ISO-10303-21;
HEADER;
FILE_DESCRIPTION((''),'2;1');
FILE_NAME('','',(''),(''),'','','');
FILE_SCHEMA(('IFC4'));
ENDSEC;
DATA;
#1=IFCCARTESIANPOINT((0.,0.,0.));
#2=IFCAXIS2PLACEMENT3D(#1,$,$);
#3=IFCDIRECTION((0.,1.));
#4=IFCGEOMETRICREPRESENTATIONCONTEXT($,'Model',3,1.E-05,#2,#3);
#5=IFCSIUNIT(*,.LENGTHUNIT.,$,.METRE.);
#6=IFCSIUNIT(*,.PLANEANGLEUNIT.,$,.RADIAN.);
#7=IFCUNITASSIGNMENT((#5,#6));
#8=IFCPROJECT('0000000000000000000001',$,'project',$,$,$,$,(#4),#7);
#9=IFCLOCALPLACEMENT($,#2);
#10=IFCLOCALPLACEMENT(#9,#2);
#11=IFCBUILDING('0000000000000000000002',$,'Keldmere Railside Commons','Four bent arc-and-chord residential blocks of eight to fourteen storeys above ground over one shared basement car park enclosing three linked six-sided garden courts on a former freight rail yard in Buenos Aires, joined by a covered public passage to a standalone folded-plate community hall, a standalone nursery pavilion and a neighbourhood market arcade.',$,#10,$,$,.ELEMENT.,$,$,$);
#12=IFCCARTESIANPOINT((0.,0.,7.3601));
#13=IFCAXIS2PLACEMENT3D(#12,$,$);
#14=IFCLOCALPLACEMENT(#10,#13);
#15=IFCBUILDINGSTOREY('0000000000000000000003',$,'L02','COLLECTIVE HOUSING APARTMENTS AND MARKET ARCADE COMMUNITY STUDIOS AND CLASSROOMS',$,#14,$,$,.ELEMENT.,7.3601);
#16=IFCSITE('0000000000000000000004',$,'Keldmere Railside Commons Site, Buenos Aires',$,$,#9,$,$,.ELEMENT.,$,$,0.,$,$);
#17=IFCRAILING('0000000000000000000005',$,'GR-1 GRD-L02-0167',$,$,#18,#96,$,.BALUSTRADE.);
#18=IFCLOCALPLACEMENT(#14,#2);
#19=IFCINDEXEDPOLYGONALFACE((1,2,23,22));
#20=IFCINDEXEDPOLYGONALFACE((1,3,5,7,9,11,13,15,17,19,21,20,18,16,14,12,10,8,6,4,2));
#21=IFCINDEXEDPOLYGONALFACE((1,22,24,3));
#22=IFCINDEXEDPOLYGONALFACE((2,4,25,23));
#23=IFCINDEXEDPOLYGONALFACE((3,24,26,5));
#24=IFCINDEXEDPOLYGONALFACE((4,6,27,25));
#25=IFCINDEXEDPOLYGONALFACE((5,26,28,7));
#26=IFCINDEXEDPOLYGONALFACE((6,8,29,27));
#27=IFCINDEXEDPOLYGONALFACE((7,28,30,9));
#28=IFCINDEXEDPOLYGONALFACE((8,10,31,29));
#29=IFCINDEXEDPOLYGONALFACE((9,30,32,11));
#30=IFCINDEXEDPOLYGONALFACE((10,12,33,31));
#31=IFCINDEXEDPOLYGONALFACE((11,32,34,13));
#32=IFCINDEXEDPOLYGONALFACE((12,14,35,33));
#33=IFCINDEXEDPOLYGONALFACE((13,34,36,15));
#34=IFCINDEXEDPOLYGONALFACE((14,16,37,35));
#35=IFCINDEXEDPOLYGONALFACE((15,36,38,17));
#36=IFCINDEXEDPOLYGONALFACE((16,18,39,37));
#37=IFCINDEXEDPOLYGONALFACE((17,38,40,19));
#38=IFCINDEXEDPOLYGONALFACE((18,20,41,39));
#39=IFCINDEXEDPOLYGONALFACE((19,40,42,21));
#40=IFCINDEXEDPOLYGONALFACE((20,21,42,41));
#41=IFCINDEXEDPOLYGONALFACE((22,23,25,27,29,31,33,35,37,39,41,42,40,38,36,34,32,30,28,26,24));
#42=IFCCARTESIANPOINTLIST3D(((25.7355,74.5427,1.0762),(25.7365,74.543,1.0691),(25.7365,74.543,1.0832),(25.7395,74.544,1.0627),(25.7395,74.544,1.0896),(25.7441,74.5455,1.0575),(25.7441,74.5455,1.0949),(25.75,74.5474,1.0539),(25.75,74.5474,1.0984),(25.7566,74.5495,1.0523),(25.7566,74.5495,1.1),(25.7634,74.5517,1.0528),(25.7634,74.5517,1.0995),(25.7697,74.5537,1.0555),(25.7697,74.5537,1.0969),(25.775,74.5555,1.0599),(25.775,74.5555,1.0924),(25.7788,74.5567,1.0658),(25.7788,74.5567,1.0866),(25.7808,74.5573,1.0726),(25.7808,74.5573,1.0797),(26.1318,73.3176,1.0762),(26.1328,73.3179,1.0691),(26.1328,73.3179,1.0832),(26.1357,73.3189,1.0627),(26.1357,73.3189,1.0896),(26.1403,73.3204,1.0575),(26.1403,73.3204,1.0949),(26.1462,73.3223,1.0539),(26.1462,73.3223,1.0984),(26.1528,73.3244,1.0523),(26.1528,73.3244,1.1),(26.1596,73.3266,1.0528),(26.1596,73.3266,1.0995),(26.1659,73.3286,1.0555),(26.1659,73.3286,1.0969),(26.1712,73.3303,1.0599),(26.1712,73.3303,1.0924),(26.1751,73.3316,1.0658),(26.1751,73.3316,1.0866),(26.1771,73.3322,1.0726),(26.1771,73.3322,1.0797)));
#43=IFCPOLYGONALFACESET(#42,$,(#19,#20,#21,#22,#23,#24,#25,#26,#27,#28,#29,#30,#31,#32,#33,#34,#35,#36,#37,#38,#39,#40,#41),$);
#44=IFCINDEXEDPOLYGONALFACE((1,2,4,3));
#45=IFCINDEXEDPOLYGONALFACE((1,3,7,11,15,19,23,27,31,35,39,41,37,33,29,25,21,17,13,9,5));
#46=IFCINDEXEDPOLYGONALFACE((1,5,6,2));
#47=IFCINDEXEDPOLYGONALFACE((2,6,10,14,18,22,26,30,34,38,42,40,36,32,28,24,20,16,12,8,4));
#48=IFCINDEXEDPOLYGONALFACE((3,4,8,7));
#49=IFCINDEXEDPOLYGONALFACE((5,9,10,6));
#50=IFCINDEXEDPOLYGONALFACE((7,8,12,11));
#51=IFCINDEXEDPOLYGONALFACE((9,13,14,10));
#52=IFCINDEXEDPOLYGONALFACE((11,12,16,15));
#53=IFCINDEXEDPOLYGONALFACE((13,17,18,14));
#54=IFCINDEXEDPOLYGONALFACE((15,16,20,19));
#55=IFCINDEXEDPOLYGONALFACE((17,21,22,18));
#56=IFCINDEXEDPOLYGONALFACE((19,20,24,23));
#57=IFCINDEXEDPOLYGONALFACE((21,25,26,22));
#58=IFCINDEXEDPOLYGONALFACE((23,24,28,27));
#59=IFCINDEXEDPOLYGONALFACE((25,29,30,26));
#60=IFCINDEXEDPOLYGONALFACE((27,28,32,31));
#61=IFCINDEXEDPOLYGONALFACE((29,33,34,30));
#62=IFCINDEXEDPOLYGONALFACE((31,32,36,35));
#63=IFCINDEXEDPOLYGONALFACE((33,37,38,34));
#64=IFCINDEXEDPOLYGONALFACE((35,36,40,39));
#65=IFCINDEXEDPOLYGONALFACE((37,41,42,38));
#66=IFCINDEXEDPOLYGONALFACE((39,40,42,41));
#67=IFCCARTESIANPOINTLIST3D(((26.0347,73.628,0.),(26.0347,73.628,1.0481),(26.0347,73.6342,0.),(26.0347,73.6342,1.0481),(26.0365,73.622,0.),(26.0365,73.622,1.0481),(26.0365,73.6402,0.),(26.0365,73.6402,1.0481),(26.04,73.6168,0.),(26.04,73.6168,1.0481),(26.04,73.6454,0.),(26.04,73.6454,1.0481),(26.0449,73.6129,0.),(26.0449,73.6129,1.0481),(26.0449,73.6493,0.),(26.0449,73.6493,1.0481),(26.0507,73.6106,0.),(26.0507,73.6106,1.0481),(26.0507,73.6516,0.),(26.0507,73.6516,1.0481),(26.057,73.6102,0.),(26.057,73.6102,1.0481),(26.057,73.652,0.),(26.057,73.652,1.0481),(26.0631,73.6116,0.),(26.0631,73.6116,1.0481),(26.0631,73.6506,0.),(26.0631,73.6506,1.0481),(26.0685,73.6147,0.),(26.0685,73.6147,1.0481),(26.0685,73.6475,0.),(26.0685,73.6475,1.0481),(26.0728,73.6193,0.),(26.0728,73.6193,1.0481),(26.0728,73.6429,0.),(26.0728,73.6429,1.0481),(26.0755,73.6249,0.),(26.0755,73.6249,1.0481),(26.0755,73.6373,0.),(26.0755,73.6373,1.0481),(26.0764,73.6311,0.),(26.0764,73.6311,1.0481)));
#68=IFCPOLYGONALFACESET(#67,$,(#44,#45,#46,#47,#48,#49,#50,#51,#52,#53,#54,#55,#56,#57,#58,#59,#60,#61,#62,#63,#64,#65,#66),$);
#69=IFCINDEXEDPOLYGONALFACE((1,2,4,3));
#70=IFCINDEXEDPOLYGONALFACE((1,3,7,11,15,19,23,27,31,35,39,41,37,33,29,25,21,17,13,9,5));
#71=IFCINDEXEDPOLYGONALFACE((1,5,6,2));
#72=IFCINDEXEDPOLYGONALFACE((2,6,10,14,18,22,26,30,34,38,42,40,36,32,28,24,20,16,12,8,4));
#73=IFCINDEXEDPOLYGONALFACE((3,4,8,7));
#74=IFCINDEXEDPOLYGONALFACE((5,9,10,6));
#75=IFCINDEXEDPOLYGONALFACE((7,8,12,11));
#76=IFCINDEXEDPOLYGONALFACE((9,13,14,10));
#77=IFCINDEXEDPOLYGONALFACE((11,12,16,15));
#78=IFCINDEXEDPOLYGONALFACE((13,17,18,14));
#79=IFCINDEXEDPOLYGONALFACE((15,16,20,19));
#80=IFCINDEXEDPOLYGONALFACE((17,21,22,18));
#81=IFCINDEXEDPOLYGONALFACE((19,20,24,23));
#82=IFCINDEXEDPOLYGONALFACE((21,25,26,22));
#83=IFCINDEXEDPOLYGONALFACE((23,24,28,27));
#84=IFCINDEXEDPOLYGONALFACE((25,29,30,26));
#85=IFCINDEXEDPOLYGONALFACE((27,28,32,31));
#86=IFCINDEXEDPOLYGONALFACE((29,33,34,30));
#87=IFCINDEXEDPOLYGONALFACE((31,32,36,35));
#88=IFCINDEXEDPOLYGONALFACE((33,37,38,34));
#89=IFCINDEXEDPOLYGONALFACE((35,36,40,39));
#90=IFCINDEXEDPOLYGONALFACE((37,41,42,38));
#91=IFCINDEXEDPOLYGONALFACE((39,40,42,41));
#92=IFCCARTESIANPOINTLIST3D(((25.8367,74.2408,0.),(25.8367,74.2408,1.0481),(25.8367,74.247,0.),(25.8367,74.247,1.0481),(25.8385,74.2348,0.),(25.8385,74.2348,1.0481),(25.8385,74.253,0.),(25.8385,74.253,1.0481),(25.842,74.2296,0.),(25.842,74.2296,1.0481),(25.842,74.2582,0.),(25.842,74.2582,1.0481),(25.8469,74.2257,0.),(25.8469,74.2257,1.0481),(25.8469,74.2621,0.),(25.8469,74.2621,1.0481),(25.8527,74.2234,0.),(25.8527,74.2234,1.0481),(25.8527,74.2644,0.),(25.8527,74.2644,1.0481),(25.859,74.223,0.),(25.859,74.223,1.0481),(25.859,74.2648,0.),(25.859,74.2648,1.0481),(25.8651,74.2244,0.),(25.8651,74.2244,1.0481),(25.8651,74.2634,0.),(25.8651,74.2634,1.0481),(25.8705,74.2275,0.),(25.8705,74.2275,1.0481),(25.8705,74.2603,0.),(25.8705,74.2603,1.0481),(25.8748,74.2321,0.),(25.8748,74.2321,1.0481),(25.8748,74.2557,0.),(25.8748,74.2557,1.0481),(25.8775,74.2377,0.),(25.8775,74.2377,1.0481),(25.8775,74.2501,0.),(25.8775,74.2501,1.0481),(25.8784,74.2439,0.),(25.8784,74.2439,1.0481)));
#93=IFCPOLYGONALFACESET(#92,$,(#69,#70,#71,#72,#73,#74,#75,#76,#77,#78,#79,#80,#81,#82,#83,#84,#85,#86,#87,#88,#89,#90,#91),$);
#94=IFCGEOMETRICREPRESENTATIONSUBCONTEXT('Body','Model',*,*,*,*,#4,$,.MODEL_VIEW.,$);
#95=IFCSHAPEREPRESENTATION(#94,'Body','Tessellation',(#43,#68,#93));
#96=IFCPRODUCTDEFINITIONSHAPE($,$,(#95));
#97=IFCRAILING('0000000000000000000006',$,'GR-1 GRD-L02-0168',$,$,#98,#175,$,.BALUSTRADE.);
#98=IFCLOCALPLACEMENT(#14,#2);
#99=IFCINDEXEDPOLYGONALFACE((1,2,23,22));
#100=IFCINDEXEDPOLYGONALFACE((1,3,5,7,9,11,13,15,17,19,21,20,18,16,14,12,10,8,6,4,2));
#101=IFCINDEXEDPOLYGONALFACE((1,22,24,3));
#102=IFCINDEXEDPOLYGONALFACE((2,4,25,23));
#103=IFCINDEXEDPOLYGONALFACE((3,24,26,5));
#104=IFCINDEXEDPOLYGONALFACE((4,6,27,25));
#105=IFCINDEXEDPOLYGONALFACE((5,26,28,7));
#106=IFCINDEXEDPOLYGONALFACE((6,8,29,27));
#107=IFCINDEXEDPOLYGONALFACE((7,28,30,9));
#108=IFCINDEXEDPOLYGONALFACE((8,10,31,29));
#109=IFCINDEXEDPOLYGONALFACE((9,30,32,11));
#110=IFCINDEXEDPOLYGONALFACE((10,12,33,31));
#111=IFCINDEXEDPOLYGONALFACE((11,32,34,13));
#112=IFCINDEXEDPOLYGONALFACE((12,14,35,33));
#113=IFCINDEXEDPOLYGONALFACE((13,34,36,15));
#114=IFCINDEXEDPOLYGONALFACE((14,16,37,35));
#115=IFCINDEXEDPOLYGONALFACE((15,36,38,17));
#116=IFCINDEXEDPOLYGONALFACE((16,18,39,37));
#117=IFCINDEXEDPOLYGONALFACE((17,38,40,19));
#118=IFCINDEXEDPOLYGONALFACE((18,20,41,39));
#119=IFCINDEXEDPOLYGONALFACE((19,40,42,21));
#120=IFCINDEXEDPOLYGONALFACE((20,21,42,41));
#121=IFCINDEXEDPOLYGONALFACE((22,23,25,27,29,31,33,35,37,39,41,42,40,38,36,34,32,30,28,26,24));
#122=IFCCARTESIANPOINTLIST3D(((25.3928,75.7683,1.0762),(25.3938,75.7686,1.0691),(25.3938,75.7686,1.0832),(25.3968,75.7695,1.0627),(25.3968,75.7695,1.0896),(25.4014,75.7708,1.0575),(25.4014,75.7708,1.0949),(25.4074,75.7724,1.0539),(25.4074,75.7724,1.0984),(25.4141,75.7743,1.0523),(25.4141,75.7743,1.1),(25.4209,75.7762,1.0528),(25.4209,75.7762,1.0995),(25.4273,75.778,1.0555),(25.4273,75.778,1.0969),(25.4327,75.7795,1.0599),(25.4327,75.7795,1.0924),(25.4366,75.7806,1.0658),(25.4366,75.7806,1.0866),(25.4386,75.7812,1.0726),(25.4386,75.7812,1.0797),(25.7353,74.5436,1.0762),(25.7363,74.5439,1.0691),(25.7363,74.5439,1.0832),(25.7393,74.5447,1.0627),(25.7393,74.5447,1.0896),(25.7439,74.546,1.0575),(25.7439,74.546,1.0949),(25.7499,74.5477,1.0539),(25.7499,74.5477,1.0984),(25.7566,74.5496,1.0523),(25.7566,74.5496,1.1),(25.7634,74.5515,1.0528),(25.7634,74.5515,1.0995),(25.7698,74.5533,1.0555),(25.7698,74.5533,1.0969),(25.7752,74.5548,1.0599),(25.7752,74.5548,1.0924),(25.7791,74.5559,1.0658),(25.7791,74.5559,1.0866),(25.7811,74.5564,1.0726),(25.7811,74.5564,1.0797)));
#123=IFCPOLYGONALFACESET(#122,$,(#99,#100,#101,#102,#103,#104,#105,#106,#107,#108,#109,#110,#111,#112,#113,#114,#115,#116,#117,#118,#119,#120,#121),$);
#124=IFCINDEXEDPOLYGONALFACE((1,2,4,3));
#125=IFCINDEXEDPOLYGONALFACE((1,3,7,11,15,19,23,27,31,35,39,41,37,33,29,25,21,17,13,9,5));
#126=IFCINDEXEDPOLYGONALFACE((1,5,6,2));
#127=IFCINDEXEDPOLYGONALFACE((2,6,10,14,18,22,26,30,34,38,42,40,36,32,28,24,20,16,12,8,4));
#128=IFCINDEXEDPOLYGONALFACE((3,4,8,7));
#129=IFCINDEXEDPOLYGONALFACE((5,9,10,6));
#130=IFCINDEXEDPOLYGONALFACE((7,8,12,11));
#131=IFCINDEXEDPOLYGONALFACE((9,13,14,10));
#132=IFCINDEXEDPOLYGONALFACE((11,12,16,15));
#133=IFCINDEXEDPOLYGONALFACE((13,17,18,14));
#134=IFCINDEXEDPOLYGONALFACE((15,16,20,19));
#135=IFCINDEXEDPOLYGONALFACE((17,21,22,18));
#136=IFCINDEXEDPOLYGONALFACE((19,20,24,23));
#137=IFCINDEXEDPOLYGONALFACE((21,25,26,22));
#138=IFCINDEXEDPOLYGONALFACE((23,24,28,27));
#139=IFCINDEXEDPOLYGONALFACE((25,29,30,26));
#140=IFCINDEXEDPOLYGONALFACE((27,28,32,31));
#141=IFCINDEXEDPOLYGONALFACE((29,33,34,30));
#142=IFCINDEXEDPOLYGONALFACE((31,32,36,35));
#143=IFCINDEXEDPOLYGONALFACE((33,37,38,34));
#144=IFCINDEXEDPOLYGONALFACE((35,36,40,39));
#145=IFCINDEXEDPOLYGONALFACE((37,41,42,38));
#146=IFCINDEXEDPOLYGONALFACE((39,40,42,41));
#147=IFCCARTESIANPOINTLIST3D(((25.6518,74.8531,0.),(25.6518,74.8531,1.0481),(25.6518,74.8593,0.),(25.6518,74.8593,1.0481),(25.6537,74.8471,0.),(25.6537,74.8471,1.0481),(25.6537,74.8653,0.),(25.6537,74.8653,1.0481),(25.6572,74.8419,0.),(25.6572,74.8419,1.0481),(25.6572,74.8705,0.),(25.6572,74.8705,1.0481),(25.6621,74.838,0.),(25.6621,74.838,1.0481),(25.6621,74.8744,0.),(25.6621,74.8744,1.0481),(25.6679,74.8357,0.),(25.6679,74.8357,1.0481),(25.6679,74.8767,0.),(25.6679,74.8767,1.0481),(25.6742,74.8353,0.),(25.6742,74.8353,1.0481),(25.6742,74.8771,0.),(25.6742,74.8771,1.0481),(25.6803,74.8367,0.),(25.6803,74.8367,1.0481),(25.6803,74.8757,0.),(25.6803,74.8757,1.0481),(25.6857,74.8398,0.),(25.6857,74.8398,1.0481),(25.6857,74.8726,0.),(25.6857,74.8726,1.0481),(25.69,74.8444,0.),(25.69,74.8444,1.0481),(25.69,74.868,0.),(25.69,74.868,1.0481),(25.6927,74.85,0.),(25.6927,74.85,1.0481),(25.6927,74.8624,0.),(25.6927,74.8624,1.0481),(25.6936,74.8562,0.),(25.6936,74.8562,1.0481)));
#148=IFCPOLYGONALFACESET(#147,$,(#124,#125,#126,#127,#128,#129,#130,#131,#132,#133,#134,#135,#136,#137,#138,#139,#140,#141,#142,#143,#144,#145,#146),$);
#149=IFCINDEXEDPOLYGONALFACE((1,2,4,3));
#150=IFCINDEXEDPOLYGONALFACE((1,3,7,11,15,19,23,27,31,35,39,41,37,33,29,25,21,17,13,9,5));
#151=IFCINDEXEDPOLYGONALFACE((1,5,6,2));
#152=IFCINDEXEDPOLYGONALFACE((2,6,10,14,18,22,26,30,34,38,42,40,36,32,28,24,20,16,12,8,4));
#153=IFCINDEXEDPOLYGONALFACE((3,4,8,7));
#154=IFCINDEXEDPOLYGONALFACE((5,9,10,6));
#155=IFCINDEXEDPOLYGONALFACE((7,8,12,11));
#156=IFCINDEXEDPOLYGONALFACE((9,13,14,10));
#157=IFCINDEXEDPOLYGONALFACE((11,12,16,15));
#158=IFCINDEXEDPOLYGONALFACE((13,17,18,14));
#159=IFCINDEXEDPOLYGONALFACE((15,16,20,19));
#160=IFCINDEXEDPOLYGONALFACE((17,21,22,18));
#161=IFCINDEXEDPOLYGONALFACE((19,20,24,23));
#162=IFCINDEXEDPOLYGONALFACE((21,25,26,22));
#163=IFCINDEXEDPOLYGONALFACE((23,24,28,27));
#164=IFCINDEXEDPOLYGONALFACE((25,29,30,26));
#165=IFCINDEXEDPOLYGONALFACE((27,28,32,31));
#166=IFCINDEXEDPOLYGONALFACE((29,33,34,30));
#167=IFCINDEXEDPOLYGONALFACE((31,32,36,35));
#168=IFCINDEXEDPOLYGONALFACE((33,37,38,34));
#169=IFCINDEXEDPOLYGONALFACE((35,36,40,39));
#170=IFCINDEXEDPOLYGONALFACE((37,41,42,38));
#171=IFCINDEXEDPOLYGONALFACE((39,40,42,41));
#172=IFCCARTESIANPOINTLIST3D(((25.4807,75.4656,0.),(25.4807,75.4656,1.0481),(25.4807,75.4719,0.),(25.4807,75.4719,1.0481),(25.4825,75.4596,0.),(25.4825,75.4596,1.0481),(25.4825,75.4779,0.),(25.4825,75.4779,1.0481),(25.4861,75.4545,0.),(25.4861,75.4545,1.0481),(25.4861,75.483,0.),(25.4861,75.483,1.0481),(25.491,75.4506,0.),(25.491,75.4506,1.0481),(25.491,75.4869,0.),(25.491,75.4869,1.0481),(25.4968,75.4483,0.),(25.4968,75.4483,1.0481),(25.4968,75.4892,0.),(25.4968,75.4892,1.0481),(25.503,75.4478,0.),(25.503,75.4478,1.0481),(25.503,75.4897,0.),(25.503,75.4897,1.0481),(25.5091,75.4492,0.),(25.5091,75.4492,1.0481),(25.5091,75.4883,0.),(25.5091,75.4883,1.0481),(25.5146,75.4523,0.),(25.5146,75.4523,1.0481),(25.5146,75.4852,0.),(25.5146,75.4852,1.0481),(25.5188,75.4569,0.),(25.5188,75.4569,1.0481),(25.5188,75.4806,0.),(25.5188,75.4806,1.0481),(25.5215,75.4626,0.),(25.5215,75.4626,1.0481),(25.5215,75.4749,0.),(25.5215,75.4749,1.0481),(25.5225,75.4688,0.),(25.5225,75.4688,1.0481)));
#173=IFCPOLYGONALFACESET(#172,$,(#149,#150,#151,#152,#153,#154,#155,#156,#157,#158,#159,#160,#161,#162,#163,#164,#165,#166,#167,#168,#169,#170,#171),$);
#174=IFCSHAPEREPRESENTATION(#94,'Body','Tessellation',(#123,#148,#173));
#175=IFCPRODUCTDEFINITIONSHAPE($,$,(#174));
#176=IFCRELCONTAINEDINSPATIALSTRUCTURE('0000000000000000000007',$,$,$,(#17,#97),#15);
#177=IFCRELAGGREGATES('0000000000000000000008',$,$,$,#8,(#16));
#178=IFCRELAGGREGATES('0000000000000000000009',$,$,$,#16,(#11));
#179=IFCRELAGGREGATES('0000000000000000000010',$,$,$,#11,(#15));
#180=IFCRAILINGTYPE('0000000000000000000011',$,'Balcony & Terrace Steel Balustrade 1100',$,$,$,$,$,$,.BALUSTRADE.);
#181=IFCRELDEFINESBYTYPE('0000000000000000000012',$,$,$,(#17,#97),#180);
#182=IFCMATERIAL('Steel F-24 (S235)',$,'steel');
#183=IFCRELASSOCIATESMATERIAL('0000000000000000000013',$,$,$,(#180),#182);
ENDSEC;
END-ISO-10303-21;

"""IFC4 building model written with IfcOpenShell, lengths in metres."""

from ifc_helpers import new_model, si_unit, direction, frame, origin, origin_2d, place, context, subcontext, project, spatial, circle, extrude, material, type_object, element, save


model = new_model("IFC4")

# Units and contexts
model_context = context("Model", 3, precision=1e-05, world=origin(), true_north=direction((0.0, 1.0)))
body_context = subcontext(model_context, "Body", "Model", "MODEL_VIEW")
ifc_project = project(units=[si_unit("LENGTHUNIT", "METRE"), si_unit("PLANEANGLEUNIT", "RADIAN")], contexts=[model_context])

# Site, building, storey
site_placement = place(None, origin())
site = spatial("IfcSite", under=ifc_project, at=site_placement, Name="Keldmere Railside Commons Site, Buenos Aires", CompositionType="ELEMENT", RefElevation=0.0)
building_placement = place(site_placement, origin())
building = spatial("IfcBuilding", under=site, at=building_placement, Name="Keldmere Railside Commons", Description="Four bent arc-and-chord residential blocks of eight to fourteen storeys above ground over one shared basement car park enclosing three linked six-sided garden courts on a former freight rail yard in Buenos Aires, joined by a covered public passage to a standalone folded-plate community hall, a standalone nursery pavilion and a neighbourhood market arcade.", CompositionType="ELEMENT")
storey_placement = place(building_placement, frame((0.0, 0.0, 7.3601)))
storey = spatial("IfcBuildingStorey", under=building, at=storey_placement, Name="L02", Description="COLLECTIVE HOUSING APARTMENTS AND MARKET ARCADE COMMUNITY STUDIOS AND CLASSROOMS", CompositionType="ELEMENT", Elevation=7.3601)

# Railings
ifc_material_1 = material(Name="Steel F-24 (S235)", Category="steel")
railing_type = type_object("IfcRailingType", Name="Balcony & Terrace Steel Balustrade 1100", PredefinedType="BALUSTRADE", material=ifc_material_1)
railing_1_placement = place(storey_placement, frame((26.1545, 73.325, 0.0)))
element("IfcRailing", 1, at=railing_1_placement, inside=storey, type_object=railing_type, Name="GR-1 GRD-L02-0167", PredefinedType="BALUSTRADE", context=body_context, shape_type="SweptSolid", body=[
    extrude(circle(Radius=0.0239, at=origin_2d()), frame((0.0, 0.0, 1.0762), z_axis=(-0.30774, 0.951471, 0.0), x_axis=(-0.951471, -0.30774, 0.0)), (0.0, 0.0, 1.0), 1.2876),
    extrude(circle(Radius=0.021, at=origin_2d()), frame((-0.0991, 0.3062, 0.0)), (0.0, 0.0, 1.0), 1.0481),
    extrude(circle(Radius=0.021, at=origin_2d()), frame((-0.2971, 0.9189, 0.0)), (0.0, 0.0, 1.0), 1.0481),
])
railing_2_placement = place(storey_placement, frame((25.7583, 74.55, 0.0)))
element("IfcRailing", 2, at=railing_2_placement, inside=storey, type_object=railing_type, Name="GR-1 GRD-L02-0168", PredefinedType="BALUSTRADE", context=body_context, shape_type="SweptSolid", body=[
    extrude(circle(Radius=0.0239, at=origin_2d()), frame((0.0, 0.0, 1.0762), z_axis=(-0.269317, 0.963052, 0.0), x_axis=(-0.963052, -0.269317, 0.0)), (0.0, 0.0, 1.0), 1.2717),
    extrude(circle(Radius=0.021, at=origin_2d()), frame((-0.0857, 0.3062, 0.0)), (0.0, 0.0, 1.0), 1.0481),
    extrude(circle(Radius=0.021, at=origin_2d()), frame((-0.2568, 0.9187, 0.0)), (0.0, 0.0, 1.0), 1.0481),
])

save(model, "model.ifc")
